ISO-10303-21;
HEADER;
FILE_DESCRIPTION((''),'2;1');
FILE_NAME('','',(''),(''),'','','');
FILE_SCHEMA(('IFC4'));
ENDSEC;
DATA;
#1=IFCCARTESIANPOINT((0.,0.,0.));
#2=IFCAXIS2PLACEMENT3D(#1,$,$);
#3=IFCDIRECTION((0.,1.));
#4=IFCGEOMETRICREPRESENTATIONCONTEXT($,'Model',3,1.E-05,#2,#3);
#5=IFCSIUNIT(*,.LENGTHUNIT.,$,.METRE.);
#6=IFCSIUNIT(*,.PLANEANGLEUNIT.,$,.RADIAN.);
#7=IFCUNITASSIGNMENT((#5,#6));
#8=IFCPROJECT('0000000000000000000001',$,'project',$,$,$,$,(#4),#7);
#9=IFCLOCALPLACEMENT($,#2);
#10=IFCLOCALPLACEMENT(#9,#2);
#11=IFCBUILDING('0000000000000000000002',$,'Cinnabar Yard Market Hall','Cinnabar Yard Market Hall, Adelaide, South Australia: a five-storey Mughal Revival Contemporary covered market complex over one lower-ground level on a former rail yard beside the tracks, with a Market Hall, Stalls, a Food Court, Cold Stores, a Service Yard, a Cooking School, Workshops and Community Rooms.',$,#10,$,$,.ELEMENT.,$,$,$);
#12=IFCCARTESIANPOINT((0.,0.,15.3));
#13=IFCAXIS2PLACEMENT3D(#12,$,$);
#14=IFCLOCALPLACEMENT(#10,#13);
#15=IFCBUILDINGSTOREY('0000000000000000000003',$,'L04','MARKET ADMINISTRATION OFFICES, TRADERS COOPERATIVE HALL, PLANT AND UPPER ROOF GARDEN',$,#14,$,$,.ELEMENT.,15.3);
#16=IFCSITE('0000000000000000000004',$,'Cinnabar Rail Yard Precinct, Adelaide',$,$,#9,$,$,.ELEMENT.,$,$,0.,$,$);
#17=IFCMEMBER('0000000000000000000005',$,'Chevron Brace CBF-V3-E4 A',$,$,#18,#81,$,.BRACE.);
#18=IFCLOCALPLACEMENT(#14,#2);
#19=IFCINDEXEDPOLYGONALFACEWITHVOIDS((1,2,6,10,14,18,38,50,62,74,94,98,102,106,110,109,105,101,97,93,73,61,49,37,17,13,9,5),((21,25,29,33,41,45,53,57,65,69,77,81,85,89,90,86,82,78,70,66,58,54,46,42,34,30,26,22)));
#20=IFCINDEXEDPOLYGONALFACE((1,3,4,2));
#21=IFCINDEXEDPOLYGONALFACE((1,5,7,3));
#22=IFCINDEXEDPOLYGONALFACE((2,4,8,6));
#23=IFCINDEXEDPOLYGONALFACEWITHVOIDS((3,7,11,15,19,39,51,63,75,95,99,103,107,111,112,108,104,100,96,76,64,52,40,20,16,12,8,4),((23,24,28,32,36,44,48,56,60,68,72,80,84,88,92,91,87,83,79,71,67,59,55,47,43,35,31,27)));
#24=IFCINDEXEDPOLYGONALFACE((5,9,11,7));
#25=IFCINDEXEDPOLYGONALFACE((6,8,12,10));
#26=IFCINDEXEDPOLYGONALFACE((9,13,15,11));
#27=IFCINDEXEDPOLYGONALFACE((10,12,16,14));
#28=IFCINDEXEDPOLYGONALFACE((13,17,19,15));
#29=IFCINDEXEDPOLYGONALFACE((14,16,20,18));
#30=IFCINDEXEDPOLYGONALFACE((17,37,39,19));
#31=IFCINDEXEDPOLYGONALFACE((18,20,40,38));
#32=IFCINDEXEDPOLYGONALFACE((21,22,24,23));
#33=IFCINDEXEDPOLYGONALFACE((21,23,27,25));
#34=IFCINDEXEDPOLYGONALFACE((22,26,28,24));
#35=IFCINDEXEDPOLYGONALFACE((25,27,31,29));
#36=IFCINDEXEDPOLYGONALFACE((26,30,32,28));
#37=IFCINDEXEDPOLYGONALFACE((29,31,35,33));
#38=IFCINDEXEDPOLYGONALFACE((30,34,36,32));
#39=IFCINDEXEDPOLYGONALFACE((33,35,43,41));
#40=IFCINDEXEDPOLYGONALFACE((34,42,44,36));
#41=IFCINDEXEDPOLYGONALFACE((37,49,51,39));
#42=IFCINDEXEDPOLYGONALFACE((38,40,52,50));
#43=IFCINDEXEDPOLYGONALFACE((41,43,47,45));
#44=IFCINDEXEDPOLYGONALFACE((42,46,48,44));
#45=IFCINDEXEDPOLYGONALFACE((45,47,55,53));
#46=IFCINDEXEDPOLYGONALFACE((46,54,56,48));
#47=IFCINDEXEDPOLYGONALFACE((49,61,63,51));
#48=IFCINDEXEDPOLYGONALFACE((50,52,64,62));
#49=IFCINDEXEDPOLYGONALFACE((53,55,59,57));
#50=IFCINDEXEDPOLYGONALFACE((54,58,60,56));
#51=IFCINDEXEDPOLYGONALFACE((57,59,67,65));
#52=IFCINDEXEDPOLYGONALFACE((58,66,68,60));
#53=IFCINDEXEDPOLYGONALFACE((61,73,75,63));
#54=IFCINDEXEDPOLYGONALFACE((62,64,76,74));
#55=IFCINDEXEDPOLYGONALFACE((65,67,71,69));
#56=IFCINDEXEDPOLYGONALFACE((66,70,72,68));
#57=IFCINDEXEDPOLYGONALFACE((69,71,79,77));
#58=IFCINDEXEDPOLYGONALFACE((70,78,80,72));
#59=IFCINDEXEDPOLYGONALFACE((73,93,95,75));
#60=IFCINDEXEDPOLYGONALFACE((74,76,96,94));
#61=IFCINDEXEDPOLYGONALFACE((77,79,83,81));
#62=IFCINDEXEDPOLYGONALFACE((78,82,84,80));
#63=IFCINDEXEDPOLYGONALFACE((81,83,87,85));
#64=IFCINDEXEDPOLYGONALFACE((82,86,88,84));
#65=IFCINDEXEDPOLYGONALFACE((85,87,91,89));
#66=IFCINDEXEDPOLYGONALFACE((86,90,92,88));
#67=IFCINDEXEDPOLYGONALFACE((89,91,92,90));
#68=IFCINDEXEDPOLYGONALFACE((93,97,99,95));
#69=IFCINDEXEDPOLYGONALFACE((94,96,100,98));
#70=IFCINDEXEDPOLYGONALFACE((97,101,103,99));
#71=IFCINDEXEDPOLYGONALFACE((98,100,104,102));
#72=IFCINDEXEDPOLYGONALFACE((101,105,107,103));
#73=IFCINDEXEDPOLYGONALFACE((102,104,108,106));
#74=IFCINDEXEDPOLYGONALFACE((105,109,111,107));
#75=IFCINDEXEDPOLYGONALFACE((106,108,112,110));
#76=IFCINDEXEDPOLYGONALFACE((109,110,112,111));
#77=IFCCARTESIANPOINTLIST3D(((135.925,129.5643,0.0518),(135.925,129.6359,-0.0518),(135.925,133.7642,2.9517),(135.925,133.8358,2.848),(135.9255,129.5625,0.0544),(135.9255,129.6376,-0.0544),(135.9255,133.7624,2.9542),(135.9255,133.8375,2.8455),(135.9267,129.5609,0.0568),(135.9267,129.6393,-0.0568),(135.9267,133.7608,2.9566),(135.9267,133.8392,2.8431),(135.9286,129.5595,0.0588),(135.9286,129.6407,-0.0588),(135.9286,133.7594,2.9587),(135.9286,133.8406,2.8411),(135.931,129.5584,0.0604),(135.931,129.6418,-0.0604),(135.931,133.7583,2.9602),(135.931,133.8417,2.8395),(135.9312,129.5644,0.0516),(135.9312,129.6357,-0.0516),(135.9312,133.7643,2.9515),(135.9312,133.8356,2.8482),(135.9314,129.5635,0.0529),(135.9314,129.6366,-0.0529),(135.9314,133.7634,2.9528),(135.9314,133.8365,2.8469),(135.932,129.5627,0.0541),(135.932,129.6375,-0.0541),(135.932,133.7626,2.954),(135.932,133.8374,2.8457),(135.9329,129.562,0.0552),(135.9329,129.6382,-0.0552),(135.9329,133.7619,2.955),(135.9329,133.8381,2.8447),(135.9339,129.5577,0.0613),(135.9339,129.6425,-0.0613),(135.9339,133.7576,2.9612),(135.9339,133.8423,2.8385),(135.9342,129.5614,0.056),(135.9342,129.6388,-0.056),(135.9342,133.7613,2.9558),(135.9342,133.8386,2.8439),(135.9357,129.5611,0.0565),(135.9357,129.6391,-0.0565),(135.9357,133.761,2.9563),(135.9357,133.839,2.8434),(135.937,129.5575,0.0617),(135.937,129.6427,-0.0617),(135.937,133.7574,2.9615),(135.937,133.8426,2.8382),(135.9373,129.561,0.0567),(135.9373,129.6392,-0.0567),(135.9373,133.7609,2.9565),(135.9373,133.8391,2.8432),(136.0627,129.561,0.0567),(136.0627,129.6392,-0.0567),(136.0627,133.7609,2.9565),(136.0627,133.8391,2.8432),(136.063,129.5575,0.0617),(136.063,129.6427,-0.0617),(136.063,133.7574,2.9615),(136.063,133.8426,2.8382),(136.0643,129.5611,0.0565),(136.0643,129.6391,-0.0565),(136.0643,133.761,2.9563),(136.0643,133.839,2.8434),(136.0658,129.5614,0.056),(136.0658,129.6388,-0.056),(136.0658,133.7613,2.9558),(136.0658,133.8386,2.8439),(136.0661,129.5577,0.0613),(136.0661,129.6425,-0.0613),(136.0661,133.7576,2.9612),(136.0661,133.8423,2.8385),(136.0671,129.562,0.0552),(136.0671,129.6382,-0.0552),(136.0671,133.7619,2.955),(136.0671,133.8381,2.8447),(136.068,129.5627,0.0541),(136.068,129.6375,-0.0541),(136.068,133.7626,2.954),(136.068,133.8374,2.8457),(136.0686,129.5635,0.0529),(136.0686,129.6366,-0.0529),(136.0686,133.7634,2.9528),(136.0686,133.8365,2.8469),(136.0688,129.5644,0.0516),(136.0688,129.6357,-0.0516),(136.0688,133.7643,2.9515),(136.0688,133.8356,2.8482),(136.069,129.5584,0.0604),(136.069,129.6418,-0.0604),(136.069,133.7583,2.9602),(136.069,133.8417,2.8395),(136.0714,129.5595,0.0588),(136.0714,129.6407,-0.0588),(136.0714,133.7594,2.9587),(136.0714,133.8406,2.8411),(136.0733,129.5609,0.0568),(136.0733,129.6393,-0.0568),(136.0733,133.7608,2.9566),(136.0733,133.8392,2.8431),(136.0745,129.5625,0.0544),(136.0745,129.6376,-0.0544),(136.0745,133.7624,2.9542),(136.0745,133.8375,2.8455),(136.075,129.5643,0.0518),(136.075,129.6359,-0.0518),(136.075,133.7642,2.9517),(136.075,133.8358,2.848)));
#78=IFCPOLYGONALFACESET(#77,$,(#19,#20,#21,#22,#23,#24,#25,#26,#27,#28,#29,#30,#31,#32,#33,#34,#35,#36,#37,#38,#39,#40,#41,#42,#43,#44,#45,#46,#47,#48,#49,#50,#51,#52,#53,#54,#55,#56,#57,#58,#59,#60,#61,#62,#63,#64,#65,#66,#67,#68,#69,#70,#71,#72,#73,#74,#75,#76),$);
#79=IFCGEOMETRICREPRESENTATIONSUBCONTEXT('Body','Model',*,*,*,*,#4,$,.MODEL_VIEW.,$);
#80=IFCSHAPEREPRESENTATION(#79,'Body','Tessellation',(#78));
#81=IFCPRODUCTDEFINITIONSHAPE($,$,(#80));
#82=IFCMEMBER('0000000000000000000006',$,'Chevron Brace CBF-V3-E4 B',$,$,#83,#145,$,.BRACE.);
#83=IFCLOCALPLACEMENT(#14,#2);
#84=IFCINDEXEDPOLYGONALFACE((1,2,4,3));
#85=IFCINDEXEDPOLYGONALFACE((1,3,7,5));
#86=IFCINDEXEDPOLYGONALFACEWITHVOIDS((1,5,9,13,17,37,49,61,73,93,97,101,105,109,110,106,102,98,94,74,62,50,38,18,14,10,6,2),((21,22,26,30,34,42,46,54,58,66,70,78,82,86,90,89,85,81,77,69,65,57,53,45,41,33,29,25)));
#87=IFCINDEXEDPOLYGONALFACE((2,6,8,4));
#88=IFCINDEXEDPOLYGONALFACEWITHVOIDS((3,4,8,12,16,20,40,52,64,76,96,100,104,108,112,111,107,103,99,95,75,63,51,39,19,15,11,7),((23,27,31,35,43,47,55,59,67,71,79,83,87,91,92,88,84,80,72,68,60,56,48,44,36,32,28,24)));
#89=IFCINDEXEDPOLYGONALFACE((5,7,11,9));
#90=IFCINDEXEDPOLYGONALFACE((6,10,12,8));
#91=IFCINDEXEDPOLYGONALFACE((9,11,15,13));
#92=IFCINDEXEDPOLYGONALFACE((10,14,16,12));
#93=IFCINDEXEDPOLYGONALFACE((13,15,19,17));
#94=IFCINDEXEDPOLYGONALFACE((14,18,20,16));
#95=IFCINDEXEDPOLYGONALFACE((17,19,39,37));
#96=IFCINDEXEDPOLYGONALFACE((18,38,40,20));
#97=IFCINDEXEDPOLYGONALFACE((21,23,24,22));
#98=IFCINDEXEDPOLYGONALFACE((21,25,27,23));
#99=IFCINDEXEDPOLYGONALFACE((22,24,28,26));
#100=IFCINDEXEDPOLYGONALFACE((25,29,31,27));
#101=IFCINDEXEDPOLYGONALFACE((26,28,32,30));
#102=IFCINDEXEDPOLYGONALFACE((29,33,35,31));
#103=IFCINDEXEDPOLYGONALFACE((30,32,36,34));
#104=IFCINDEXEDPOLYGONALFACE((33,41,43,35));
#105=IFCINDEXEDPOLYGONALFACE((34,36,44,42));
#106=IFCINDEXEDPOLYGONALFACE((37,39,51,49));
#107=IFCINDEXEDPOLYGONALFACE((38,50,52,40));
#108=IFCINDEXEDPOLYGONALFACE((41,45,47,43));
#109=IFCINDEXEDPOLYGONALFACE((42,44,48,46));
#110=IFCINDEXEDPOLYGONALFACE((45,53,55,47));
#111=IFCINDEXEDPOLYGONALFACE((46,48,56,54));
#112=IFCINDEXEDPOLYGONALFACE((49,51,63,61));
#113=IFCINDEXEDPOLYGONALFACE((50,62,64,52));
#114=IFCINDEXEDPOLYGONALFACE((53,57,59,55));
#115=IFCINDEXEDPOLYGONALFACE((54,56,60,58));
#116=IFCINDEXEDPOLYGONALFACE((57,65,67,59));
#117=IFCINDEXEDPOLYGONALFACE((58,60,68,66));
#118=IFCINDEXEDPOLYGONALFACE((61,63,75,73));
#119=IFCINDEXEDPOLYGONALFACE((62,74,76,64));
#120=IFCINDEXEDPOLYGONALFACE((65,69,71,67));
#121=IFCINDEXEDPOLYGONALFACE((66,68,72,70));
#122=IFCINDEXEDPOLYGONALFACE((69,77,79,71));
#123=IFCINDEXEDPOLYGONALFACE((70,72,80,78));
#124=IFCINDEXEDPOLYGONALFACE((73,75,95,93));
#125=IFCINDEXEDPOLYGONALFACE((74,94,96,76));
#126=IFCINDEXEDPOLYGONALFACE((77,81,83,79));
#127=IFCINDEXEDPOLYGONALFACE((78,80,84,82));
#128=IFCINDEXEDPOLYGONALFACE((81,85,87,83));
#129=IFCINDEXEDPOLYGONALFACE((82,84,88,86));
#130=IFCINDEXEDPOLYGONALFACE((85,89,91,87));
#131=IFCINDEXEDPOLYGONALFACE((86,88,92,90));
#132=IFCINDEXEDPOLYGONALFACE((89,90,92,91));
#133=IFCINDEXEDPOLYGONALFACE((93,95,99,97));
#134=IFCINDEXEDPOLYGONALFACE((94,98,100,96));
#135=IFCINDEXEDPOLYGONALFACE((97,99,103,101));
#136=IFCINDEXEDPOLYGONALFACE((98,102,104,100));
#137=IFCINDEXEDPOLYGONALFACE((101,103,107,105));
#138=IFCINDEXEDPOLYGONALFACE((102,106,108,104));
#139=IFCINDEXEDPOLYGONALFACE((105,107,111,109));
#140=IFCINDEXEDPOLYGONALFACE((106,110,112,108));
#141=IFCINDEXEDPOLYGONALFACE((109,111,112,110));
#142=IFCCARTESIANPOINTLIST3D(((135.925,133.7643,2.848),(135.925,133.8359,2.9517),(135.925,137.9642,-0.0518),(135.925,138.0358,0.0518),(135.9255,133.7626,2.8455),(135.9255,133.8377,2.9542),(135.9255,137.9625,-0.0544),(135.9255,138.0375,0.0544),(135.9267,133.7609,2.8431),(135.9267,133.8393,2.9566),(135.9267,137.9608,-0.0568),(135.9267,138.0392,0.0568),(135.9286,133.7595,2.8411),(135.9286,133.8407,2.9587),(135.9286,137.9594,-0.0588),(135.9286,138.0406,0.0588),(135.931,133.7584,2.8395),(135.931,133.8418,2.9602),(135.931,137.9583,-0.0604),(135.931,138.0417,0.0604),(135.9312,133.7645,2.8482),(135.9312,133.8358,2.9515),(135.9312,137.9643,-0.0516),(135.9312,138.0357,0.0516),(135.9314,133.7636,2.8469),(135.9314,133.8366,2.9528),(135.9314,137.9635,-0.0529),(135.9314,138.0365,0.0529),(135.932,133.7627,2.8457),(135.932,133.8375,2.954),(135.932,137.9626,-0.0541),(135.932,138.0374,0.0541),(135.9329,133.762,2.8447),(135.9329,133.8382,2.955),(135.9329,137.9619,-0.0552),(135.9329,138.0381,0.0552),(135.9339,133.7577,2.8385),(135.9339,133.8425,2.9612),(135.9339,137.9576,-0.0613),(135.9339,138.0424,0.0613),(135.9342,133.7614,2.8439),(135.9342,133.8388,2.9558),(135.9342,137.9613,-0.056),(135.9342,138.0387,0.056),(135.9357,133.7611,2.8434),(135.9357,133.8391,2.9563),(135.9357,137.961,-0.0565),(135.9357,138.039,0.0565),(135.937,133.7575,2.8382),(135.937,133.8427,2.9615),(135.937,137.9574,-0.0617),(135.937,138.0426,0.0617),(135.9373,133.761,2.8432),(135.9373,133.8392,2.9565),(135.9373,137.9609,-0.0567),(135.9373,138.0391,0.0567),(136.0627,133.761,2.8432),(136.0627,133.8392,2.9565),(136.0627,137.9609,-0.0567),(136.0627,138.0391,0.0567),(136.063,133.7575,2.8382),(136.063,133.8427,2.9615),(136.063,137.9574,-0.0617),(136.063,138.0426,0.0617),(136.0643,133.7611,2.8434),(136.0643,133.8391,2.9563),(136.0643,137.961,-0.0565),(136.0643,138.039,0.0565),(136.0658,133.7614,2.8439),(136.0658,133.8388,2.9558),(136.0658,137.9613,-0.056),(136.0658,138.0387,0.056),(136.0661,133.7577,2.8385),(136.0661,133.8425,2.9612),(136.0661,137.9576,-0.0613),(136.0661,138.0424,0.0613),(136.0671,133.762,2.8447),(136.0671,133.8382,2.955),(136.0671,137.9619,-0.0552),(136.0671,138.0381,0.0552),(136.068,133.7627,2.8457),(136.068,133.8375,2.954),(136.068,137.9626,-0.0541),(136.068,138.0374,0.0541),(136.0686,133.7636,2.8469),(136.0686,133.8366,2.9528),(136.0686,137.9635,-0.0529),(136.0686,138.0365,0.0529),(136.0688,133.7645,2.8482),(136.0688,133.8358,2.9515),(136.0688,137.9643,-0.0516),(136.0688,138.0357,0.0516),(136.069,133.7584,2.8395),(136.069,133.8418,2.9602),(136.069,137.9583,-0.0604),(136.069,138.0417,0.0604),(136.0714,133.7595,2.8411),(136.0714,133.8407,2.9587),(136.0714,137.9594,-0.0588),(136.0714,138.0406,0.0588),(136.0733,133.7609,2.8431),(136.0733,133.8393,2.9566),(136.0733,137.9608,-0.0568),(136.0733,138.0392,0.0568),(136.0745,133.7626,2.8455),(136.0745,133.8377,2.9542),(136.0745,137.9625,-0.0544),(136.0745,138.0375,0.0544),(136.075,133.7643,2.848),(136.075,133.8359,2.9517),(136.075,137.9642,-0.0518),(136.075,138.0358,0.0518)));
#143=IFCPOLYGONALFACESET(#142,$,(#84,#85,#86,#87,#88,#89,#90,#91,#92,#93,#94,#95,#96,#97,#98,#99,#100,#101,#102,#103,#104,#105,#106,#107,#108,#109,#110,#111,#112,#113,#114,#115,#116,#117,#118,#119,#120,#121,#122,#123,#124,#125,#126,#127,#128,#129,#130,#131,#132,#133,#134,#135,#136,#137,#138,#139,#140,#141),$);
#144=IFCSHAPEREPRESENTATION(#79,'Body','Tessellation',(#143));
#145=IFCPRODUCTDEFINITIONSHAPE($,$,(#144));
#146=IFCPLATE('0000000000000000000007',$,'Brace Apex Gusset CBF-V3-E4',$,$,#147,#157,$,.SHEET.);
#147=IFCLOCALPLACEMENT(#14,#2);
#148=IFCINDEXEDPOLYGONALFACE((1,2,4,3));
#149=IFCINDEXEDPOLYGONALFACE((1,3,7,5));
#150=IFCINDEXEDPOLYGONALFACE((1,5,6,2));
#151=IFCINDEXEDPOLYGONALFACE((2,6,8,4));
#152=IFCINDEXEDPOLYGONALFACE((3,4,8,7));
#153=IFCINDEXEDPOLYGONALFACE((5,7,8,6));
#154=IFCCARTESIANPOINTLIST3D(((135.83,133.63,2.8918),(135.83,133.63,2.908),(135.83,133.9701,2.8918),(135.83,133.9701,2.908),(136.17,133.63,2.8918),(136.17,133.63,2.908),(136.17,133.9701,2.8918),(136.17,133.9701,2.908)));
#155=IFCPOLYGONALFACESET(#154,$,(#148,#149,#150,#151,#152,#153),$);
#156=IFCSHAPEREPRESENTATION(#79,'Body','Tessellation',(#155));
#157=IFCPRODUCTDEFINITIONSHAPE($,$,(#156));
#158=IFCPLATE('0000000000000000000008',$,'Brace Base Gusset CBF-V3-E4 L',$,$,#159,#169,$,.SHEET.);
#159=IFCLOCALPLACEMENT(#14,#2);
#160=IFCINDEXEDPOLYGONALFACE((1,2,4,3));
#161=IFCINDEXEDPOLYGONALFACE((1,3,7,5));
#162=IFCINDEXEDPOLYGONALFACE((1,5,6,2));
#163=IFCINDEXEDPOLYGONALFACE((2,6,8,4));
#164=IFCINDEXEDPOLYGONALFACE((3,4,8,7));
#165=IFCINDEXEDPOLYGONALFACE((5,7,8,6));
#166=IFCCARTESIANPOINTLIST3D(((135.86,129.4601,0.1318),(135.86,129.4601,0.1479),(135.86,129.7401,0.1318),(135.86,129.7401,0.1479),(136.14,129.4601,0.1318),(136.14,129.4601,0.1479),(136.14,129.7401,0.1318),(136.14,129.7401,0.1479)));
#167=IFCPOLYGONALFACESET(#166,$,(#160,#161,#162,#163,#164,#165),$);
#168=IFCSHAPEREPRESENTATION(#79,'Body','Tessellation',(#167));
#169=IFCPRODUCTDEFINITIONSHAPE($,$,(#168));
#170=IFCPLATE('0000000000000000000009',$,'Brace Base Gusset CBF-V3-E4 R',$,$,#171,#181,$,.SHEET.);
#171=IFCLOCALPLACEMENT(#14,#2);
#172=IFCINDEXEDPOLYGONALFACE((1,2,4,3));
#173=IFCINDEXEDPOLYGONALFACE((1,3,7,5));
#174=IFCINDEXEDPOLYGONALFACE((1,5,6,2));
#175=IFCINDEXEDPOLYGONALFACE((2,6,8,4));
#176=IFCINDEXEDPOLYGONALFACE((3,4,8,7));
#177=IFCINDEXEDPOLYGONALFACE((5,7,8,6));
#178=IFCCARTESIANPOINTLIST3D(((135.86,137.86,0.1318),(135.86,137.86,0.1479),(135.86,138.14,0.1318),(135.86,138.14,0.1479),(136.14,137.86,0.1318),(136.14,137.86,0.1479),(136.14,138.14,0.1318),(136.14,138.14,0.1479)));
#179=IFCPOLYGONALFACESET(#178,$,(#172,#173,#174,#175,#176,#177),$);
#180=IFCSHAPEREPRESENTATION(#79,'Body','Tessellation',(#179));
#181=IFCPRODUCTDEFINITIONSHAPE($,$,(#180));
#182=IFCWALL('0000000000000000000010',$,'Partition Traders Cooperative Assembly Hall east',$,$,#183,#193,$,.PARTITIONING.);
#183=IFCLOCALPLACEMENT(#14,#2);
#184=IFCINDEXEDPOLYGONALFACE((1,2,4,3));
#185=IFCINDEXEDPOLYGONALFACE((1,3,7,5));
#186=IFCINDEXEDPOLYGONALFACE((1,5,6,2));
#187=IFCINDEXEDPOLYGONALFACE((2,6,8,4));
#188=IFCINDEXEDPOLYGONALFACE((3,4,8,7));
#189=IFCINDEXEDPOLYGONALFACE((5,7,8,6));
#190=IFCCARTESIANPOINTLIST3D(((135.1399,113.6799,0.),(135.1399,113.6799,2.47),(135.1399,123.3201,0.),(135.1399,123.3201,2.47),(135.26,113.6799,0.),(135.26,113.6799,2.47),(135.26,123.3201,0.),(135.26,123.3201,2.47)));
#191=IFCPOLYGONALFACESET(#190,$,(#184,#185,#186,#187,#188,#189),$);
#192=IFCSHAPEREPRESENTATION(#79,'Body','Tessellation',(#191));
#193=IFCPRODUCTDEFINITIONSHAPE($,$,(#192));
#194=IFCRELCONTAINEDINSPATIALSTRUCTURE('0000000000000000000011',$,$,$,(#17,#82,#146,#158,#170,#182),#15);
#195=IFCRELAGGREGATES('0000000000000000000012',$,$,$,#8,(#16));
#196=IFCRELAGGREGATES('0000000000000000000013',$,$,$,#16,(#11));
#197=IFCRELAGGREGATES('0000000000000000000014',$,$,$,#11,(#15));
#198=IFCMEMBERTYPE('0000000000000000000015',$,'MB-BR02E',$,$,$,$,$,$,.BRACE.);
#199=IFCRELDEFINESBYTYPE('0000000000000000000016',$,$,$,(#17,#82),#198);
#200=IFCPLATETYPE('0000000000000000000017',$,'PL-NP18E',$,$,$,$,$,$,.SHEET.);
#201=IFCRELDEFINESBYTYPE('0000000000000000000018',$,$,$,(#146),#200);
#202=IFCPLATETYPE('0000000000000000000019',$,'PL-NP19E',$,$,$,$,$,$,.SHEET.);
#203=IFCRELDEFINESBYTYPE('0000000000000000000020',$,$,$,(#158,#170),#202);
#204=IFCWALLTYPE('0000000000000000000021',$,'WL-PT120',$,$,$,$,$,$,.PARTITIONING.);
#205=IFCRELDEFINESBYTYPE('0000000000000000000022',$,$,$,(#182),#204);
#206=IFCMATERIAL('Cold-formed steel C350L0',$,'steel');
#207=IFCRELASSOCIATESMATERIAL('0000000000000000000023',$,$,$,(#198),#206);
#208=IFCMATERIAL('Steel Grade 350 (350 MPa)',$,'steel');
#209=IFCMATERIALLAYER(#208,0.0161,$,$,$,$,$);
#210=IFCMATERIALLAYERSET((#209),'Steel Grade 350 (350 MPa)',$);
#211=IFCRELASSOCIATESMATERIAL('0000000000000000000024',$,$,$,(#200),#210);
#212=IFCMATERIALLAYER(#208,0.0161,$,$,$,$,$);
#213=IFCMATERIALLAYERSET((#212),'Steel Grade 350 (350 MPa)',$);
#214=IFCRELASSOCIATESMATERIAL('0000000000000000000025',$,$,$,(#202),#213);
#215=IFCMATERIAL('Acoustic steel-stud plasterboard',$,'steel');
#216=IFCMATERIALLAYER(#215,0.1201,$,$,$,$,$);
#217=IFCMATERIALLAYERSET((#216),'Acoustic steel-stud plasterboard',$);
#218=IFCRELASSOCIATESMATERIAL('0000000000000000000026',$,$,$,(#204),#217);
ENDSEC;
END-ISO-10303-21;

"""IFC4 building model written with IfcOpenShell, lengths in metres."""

from ifc_helpers import new_model, si_unit, direction, frame, frame_2d, origin, origin_2d_with_axis, place, context, subcontext, project, spatial, rectangle, hollow_rectangle, extrude, material, layer, layer_set, material_profile, profile_set, type_object, element, save


model = new_model("IFC4")

# Units and contexts
model_context = context("Model", 3, precision=1e-05, world=origin(), true_north=direction((0.0, 1.0)))
body_context = subcontext(model_context, "Body", "Model", "MODEL_VIEW")
ifc_project = project(units=[si_unit("LENGTHUNIT", "METRE"), si_unit("PLANEANGLEUNIT", "RADIAN")], contexts=[model_context])

# Site, building, storey
site_placement = place(None, origin())
site = spatial("IfcSite", under=ifc_project, at=site_placement, Name="Cinnabar Rail Yard Precinct, Adelaide", CompositionType="ELEMENT", RefElevation=0.0)
building_placement = place(site_placement, origin())
building = spatial("IfcBuilding", under=site, at=building_placement, Name="Cinnabar Yard Market Hall", Description="Cinnabar Yard Market Hall, Adelaide, South Australia: a five-storey Mughal Revival Contemporary covered market complex over one lower-ground level on a former rail yard beside the tracks, with a Market Hall, Stalls, a Food Court, Cold Stores, a Service Yard, a Cooking School, Workshops and Community Rooms.", CompositionType="ELEMENT")
storey_placement = place(building_placement, frame((0.0, 0.0, 15.3)))
storey = spatial("IfcBuildingStorey", under=building, at=storey_placement, Name="L04", Description="MARKET ADMINISTRATION OFFICES, TRADERS COOPERATIVE HALL, PLANT AND UPPER ROOF GARDEN", CompositionType="ELEMENT", Elevation=15.3)

# Members
ifc_material_1 = material(Name="Cold-formed steel C350L0", Category="steel")
ifc_material_profile_1 = material_profile(ifc_material_1, hollow_rectangle(XDim=0.1499, YDim=0.1499, WallThickness=0.0061, InnerFilletRadius=0.0061, OuterFilletRadius=0.012, at=origin_2d_with_axis()), Name="150x150x6.0SHS")
ifc_profile_set_1 = profile_set([ifc_material_profile_1], Name="Cold-formed steel C350L0")
member_type = type_object("IfcMemberType", Name="MB-BR02E", PredefinedType="BRACE", material=ifc_profile_set_1)
for number, where, z_axis, x_axis, name in (
    (1, (136.0, 129.6001, 0.0), (0.0, 0.822903, 0.568182), (-1.0, 0.0, 0.0), "Chevron Brace CBF-V3-E4 A"),
    (2, (136.0, 138.0, 0.0), (0.0, -0.822903, 0.568182), (1.0, 0.0, 0.0), "Chevron Brace CBF-V3-E4 B"),
):
    element("IfcMember", number, at=place(storey_placement, frame(where, z_axis=z_axis, x_axis=x_axis)), inside=storey, type_object=member_type, Name=name, PredefinedType="BRACE", context=body_context, shape_type="SweptSolid", body=[
        extrude(hollow_rectangle(XDim=0.1499, YDim=0.1499, WallThickness=0.0061, InnerFilletRadius=0.0061, OuterFilletRadius=0.012, at=origin_2d_with_axis()), origin(), (0.0, 0.0, 1.0), 5.1038),
    ])

# Plates
ifc_material_2 = material(Name="Steel Grade 350 (350 MPa)", Category="steel")
ifc_layer_1 = layer(ifc_material_2, 0.0161)
ifc_layer_set_1 = layer_set([ifc_layer_1], Name="Steel Grade 350 (350 MPa)")
plate_type_1 = type_object("IfcPlateType", Name="PL-NP18E", PredefinedType="SHEET", material=ifc_layer_set_1)
plate_placement = place(storey_placement, frame((136.0, 133.8, 2.8918), z_axis=(0.0, 0.0, 1.0), x_axis=(1.0, 0.0, 0.0)))
element("IfcPlate", 3, at=plate_placement, inside=storey, type_object=plate_type_1, Name="Brace Apex Gusset CBF-V3-E4", PredefinedType="SHEET", context=body_context, shape_type="SweptSolid", body=[
    extrude(rectangle(XDim=0.3401, YDim=0.3401, at=origin_2d_with_axis()), origin(), (0.0, 0.0, 1.0), 0.0161),
])
ifc_layer_2 = layer(ifc_material_2, 0.0161)
ifc_layer_set_2 = layer_set([ifc_layer_2], Name="Steel Grade 350 (350 MPa)")
plate_type_2 = type_object("IfcPlateType", Name="PL-NP19E", PredefinedType="SHEET", material=ifc_layer_set_2)
for number, where, z_axis, x_axis, name in (
    (4, (136.0, 129.6001, 0.1318), (0.0, 0.0, 1.0), (1.0, 0.0, 0.0), "Brace Base Gusset CBF-V3-E4 L"),
    (5, (136.0, 138.0, 0.1318), (0.0, 0.0, 1.0), (1.0, 0.0, 0.0), "Brace Base Gusset CBF-V3-E4 R"),
):
    element("IfcPlate", number, at=place(storey_placement, frame(where, z_axis=z_axis, x_axis=x_axis)), inside=storey, type_object=plate_type_2, Name=name, PredefinedType="SHEET", context=body_context, shape_type="SweptSolid", body=[
        extrude(rectangle(XDim=0.28, YDim=0.28, at=origin_2d_with_axis()), origin(), (0.0, 0.0, 1.0), 0.0161),
    ])

# Wall
ifc_material_3 = material(Name="Acoustic steel-stud plasterboard", Category="steel")
ifc_layer_3 = layer(ifc_material_3, 0.1201)
ifc_layer_set_3 = layer_set([ifc_layer_3], Name="Acoustic steel-stud plasterboard")
wall_type_1 = type_object("IfcWallType", Name="WL-PT120", PredefinedType="PARTITIONING", material=ifc_layer_set_3)
wall_1_placement = place(storey_placement, frame((135.2, 113.6799, 0.0), z_axis=(0.0, 0.0, 1.0), x_axis=(0.0, 1.0, 0.0)))
element("IfcWall", 6, at=wall_1_placement, inside=storey, type_object=wall_type_1, Name="Partition Traders Cooperative Assembly Hall east", PredefinedType="PARTITIONING", context=body_context, shape_type="SweptSolid", body=[
    extrude(rectangle(XDim=9.6401, YDim=0.1201, at=frame_2d((4.8201, 0.0), x_axis=(1.0, 0.0))), origin(), (0.0, 0.0, 1.0), 2.47),
])

save(model, "model.ifc")
